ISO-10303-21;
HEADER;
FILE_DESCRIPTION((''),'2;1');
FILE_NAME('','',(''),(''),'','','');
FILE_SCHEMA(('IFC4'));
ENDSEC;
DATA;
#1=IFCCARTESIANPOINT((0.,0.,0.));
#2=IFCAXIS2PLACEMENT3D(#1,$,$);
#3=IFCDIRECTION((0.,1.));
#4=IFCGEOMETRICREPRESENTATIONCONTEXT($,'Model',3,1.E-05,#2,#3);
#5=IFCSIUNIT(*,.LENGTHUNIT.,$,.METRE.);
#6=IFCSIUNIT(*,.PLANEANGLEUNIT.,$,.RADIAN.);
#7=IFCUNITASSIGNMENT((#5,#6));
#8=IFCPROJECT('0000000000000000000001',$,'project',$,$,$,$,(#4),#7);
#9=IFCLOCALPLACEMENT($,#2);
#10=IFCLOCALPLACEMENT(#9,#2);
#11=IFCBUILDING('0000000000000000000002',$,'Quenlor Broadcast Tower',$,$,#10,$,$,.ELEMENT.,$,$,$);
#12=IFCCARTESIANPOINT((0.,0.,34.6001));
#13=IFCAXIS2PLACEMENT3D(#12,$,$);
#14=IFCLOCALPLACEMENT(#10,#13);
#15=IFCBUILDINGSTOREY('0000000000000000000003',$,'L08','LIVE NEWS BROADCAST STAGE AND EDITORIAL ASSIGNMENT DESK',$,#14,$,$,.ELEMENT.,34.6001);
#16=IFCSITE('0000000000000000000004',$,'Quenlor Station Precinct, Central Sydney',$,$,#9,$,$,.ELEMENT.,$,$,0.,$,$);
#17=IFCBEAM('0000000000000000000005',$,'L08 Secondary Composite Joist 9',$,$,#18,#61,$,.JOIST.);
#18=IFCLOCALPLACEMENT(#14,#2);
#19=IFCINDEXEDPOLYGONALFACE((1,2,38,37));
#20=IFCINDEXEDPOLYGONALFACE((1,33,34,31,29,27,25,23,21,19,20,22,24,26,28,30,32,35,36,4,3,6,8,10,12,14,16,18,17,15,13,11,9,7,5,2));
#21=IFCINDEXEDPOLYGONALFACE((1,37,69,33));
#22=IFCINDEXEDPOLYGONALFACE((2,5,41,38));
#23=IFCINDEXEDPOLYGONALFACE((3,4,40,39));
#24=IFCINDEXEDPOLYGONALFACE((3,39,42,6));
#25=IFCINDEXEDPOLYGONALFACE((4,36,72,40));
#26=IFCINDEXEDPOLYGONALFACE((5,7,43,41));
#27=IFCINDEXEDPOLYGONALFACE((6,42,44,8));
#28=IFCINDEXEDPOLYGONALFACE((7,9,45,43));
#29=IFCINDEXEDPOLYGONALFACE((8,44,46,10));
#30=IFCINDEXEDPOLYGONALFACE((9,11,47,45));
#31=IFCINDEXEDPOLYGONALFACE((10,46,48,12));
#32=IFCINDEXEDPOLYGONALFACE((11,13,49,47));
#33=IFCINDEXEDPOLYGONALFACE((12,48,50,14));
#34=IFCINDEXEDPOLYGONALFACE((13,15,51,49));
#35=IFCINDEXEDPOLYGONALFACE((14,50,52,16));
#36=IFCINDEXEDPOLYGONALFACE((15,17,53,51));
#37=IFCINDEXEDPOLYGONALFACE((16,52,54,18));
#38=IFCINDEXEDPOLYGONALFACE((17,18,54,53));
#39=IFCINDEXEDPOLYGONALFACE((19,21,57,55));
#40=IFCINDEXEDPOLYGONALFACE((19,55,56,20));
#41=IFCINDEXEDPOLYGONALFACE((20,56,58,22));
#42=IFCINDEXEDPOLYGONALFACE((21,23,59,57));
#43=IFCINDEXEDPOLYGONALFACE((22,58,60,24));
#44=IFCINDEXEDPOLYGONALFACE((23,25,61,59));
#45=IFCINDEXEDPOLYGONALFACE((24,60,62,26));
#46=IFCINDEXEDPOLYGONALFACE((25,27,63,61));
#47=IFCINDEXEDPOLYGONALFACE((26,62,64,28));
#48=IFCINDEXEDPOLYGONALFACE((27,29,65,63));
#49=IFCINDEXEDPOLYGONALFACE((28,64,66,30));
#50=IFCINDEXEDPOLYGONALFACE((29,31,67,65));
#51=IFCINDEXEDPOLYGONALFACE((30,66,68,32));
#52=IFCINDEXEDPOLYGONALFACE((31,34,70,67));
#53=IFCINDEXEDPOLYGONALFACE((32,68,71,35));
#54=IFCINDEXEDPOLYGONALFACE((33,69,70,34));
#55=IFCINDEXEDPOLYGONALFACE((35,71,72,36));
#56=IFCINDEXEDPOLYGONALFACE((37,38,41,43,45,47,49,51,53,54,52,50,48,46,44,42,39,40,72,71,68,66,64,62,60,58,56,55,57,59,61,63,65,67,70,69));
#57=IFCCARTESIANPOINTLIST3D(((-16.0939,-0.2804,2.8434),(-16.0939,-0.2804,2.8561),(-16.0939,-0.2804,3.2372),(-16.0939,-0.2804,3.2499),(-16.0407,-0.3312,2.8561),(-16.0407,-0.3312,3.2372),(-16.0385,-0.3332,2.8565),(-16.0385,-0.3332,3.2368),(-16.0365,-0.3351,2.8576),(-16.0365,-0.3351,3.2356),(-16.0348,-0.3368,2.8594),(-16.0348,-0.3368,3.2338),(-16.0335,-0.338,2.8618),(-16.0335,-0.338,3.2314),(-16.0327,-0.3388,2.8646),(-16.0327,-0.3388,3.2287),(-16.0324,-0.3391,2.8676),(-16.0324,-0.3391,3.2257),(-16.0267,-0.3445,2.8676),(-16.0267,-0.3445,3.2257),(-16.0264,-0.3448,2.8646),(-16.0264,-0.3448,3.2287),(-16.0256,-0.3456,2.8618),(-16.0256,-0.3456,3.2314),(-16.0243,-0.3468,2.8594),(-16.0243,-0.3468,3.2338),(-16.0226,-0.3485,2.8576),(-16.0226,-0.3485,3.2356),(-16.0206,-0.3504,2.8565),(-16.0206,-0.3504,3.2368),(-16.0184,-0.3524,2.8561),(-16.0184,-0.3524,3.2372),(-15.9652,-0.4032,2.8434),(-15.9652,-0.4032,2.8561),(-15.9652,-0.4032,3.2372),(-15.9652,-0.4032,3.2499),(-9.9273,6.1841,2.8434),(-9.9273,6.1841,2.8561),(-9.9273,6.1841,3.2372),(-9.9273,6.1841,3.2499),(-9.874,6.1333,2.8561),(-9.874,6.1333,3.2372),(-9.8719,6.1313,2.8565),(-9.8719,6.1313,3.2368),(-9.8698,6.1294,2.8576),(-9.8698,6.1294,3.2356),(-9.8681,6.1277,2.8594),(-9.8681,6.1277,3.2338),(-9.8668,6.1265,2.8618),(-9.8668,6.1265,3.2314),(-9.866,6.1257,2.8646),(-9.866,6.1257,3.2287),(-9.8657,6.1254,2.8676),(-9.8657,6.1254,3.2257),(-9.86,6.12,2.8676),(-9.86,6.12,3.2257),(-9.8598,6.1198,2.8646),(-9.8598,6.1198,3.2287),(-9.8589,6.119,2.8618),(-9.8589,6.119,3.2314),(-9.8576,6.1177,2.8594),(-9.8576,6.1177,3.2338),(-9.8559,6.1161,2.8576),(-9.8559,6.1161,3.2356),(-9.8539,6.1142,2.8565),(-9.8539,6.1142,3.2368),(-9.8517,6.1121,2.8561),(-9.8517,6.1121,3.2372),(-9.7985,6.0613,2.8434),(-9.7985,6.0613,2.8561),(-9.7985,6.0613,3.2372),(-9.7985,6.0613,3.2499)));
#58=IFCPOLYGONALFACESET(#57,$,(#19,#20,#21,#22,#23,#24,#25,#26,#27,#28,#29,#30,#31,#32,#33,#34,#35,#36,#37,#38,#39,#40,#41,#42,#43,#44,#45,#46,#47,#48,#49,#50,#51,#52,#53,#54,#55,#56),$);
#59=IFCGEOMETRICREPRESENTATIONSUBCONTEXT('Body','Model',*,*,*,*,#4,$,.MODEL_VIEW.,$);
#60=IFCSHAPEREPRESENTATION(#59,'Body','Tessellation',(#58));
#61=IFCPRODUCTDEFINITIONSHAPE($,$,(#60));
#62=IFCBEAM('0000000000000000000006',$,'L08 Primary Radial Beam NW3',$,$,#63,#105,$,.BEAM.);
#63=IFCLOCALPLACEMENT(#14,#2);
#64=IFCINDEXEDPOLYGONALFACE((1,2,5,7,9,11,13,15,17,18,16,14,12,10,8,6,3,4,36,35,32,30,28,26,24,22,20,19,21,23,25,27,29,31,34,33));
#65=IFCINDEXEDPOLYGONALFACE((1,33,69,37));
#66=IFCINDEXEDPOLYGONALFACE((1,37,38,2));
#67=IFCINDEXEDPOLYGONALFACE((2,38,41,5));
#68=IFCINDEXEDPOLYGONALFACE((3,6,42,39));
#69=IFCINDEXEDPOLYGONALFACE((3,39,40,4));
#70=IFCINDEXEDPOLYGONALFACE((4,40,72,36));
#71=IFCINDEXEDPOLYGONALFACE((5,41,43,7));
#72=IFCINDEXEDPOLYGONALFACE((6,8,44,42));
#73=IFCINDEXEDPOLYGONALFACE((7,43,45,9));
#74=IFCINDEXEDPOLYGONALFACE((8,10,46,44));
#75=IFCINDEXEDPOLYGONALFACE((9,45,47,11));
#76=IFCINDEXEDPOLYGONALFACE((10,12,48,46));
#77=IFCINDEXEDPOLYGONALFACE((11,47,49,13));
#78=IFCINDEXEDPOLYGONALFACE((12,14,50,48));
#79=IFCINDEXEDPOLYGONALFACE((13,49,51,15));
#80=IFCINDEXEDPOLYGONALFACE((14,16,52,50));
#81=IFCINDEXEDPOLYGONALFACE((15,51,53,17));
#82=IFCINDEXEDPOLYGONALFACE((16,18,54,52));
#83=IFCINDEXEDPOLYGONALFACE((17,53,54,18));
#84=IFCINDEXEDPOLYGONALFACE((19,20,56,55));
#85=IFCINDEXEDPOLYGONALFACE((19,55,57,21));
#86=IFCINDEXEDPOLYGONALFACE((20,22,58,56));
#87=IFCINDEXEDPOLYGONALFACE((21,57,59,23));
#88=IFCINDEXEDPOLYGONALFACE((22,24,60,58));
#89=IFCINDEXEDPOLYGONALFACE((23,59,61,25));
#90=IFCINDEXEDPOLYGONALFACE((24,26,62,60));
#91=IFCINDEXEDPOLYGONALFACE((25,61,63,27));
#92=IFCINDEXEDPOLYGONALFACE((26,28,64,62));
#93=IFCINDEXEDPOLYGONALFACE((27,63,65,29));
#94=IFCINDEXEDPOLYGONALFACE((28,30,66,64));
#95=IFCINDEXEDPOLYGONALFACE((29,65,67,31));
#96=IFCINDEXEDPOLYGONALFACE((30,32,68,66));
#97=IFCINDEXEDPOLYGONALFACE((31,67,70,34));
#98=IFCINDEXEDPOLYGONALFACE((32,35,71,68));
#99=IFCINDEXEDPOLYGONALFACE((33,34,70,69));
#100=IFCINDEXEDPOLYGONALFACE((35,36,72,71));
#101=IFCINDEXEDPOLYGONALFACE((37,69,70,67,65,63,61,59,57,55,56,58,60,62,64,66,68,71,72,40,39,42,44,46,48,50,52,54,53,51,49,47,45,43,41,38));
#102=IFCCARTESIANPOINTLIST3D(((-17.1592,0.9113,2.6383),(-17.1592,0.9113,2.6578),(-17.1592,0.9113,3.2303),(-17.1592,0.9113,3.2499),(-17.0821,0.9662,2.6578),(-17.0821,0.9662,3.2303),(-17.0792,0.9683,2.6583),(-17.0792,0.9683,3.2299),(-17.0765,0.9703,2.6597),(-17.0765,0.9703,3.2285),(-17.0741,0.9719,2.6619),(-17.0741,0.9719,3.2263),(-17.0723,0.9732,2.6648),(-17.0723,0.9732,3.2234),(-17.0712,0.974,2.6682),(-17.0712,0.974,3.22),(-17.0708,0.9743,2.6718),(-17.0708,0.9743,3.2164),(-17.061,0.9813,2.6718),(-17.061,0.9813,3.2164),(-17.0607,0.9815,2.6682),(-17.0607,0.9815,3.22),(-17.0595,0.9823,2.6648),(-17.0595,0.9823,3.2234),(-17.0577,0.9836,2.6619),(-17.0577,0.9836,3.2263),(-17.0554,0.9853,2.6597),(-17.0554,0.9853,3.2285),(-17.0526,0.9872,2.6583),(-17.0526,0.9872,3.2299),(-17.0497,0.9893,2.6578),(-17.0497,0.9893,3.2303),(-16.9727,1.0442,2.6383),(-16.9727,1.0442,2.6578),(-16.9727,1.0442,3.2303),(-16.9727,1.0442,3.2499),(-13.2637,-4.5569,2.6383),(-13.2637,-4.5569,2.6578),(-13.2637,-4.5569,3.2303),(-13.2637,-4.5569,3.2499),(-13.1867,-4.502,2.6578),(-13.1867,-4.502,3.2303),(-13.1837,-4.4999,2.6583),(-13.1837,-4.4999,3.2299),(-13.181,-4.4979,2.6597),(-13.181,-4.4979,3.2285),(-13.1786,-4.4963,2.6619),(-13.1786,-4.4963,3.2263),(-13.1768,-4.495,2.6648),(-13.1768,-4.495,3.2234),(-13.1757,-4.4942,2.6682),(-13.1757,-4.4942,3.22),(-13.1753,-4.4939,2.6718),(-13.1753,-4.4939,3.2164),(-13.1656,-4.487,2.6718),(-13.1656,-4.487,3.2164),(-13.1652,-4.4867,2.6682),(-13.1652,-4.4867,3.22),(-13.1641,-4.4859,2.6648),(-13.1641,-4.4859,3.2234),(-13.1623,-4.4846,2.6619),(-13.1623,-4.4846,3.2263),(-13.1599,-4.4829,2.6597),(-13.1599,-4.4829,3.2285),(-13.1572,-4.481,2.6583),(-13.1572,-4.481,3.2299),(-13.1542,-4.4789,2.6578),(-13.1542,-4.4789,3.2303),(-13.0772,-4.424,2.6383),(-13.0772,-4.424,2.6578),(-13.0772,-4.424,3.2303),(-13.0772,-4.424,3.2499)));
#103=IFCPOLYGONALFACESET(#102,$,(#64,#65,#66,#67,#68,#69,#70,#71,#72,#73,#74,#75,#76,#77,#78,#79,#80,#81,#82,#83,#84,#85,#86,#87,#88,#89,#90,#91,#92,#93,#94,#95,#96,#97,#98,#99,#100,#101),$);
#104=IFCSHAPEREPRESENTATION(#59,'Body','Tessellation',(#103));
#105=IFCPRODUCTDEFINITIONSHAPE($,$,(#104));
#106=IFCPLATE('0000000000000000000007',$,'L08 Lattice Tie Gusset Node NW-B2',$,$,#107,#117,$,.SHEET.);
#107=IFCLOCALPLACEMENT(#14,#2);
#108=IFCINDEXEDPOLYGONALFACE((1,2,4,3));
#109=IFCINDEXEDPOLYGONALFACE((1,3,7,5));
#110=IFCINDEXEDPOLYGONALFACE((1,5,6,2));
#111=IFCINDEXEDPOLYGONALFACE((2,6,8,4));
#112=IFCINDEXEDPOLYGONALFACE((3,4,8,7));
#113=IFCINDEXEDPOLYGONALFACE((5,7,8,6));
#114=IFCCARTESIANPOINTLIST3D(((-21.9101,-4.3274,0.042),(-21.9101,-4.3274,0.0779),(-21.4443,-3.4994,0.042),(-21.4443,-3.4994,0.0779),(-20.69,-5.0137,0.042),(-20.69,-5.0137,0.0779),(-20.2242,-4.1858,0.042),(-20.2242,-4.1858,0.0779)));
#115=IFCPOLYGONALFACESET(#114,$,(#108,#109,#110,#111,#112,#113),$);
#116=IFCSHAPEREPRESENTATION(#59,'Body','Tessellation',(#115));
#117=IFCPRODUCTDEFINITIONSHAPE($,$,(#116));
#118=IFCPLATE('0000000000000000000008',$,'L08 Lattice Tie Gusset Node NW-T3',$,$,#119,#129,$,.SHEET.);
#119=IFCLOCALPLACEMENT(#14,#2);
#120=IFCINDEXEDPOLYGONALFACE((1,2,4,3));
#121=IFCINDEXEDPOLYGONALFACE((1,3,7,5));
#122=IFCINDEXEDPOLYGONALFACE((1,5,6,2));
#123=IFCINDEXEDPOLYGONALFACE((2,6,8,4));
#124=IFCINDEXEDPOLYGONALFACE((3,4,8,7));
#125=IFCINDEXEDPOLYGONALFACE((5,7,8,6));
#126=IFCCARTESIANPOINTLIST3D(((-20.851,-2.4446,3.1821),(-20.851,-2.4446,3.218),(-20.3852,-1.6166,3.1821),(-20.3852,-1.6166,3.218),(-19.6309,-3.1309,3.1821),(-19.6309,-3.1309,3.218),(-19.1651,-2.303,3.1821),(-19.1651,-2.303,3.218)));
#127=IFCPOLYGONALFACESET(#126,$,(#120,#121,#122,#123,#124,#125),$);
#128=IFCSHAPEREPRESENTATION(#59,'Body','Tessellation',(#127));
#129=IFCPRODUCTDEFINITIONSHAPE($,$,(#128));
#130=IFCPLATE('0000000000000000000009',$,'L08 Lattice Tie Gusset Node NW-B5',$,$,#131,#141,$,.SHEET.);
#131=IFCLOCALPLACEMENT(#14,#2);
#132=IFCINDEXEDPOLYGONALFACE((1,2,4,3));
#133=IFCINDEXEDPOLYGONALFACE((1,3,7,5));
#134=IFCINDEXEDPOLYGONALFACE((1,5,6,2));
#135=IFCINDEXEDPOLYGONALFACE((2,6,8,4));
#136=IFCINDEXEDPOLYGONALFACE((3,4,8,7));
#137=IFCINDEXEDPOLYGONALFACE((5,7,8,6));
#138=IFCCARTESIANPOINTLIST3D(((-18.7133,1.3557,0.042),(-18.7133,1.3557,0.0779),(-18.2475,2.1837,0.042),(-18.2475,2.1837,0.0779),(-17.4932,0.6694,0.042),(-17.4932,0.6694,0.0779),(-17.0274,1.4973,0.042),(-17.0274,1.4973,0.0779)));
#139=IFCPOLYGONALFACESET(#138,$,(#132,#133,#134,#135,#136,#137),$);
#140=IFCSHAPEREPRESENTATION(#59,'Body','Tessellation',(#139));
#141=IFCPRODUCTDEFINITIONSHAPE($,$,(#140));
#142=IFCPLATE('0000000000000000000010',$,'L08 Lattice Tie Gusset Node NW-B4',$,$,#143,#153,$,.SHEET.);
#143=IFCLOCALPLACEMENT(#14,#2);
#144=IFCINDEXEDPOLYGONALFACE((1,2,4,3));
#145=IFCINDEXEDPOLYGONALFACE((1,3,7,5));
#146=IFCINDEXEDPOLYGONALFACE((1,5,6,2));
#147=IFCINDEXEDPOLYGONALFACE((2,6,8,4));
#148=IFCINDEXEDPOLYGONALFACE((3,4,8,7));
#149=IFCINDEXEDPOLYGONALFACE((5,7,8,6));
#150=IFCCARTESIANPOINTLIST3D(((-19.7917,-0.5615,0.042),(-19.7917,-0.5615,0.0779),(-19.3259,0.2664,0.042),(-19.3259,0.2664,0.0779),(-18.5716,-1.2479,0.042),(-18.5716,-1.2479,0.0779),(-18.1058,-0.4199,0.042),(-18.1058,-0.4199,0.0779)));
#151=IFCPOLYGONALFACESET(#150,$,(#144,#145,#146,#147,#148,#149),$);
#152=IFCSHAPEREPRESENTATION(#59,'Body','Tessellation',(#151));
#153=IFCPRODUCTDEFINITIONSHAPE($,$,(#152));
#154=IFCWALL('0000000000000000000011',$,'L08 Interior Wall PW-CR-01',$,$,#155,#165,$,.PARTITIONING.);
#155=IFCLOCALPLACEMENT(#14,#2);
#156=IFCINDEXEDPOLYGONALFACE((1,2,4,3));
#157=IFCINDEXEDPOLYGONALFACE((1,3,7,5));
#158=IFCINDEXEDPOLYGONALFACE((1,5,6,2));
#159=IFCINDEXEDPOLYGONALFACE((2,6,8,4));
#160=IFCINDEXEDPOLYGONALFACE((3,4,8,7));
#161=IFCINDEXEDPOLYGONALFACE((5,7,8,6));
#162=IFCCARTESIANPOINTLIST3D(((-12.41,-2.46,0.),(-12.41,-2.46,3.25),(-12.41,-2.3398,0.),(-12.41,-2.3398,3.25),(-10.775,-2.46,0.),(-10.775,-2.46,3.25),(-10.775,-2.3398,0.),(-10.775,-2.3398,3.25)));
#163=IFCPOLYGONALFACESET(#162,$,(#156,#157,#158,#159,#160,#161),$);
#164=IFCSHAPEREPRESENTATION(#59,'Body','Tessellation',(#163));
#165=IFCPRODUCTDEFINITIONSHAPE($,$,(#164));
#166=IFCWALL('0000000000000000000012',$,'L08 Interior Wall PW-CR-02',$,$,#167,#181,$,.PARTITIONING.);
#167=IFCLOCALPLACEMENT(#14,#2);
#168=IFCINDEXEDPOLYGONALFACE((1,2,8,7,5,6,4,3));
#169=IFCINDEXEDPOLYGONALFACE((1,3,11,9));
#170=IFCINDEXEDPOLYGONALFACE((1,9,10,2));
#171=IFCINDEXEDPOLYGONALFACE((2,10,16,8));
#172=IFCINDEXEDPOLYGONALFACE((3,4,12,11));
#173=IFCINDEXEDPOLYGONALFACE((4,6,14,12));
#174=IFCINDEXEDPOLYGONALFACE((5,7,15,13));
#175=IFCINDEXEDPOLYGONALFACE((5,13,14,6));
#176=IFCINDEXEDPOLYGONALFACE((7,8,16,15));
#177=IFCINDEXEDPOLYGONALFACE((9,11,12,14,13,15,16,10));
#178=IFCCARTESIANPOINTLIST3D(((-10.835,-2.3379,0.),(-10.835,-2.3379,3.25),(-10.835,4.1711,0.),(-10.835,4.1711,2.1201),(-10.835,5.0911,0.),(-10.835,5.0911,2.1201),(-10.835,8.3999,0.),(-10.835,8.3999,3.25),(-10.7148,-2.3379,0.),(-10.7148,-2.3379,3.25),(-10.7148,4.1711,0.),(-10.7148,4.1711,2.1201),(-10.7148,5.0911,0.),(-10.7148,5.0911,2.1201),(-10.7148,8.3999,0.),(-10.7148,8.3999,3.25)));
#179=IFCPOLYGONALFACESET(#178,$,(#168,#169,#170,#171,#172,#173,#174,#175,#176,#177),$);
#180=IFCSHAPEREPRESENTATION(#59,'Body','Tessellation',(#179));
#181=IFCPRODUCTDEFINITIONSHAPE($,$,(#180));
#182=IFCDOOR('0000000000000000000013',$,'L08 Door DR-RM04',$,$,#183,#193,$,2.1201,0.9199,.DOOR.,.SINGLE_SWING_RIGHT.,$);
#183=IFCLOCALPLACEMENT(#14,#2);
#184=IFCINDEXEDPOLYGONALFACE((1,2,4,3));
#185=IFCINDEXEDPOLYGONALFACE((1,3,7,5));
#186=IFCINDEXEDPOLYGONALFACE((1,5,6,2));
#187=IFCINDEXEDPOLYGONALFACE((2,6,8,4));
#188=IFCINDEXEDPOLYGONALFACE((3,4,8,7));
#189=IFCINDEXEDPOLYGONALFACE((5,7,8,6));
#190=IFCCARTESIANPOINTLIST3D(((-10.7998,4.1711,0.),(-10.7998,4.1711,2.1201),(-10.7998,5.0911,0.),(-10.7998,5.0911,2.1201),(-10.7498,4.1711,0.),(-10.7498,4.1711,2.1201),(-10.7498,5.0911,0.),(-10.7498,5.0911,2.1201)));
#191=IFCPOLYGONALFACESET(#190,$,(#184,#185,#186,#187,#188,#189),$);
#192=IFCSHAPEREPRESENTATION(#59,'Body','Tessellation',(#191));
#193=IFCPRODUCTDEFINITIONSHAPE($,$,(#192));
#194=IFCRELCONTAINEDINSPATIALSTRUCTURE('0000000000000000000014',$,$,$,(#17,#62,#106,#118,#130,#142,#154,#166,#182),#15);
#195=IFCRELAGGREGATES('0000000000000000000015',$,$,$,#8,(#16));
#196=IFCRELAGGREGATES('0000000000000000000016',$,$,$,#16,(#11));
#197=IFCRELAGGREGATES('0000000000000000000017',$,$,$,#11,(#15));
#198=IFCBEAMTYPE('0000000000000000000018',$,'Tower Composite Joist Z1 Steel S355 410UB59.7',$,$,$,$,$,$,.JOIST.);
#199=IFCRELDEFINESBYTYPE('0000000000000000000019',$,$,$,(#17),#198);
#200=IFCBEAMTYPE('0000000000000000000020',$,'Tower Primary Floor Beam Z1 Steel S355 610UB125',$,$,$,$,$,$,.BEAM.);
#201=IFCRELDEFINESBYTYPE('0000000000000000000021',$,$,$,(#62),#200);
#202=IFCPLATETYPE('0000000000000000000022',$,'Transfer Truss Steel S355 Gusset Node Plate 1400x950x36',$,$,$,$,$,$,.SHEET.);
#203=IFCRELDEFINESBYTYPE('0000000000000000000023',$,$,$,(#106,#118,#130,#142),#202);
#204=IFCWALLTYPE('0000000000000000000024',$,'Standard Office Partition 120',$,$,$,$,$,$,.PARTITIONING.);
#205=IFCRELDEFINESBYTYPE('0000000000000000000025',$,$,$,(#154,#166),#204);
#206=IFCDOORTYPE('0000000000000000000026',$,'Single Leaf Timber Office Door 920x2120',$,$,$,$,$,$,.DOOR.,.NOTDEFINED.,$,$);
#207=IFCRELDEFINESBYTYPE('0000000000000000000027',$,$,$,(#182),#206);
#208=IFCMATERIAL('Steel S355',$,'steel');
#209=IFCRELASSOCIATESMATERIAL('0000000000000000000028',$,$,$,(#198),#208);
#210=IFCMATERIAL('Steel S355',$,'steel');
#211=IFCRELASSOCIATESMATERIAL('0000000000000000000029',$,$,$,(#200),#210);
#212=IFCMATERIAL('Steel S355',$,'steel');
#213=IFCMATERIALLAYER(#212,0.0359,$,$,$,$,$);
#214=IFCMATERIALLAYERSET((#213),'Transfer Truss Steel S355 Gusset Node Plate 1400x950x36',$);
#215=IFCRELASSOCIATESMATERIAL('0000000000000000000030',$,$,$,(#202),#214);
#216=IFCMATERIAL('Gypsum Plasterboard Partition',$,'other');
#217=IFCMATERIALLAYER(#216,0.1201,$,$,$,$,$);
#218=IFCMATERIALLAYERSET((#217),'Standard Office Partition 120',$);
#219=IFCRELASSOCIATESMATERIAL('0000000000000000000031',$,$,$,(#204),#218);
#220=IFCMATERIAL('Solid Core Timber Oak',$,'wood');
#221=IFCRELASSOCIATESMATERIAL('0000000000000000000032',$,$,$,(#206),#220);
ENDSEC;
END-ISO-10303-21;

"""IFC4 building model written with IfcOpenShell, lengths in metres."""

from ifc_helpers import new_model, si_unit, direction, frame, frame_2d, origin, origin_2d, place, context, subcontext, project, spatial, rectangle, i_section, extrude, material, layer, layer_set, material_profile, profile_set, type_object, element, fill, save


model = new_model("IFC4")

# Units and contexts
model_context = context("Model", 3, precision=1e-05, world=origin(), true_north=direction((0.0, 1.0)))
body_context = subcontext(model_context, "Body", "Model", "MODEL_VIEW")
ifc_project = project(units=[si_unit("LENGTHUNIT", "METRE"), si_unit("PLANEANGLEUNIT", "RADIAN")], contexts=[model_context])

# Site, building, storey
site_placement = place(None, origin())
site = spatial("IfcSite", under=ifc_project, at=site_placement, Name="Quenlor Station Precinct, Central Sydney", CompositionType="ELEMENT", RefElevation=0.0)
building_placement = place(site_placement, origin())
building = spatial("IfcBuilding", under=site, at=building_placement, Name="Quenlor Broadcast Tower", CompositionType="ELEMENT")
storey_placement = place(building_placement, frame((0.0, 0.0, 34.6001)))
storey = spatial("IfcBuildingStorey", under=building, at=storey_placement, Name="L08", Description="LIVE NEWS BROADCAST STAGE AND EDITORIAL ASSIGNMENT DESK", CompositionType="ELEMENT", Elevation=34.6001)

# Beams
ifc_material_1 = material(Name="Steel S355", Category="steel")
ifc_material_profile_1 = material_profile(ifc_material_1, i_section(OverallWidth=0.178, OverallDepth=0.4065, WebThickness=0.0078, FlangeThickness=0.0127, FilletRadius=0.0115, at=origin_2d()))
ifc_profile_set_1 = profile_set([ifc_material_profile_1], Name="Steel S355 410UB59.7")
beam_type_1 = type_object("IfcBeamType", Name="Tower Composite Joist Z1 Steel S355 410UB59.7", PredefinedType="JOIST", material=ifc_profile_set_1)
beam_1_placement = place(storey_placement, frame((-16.0295, -0.3418, 3.0466), z_axis=(0.690241, 0.723579, 0.0), x_axis=(-0.723579, 0.690241, 0.0)))
element("IfcBeam", 1, at=beam_1_placement, inside=storey, type_object=beam_type_1, Name="L08 Secondary Composite Joist 9", PredefinedType="JOIST", context=body_context, shape_type="SweptSolid", body=[
    extrude(i_section(OverallWidth=0.178, OverallDepth=0.4065, WebThickness=0.0078, FlangeThickness=0.0127, FilletRadius=0.0115, at=origin_2d()), origin(), (0.0, 0.0, 1.0), 8.9341),
])
ifc_material_2 = material(Name="Steel S355", Category="steel")
ifc_material_profile_2 = material_profile(ifc_material_2, i_section(OverallWidth=0.229, OverallDepth=0.6116, WebThickness=0.012, FlangeThickness=0.0195, FilletRadius=0.0139, at=origin_2d()))
ifc_profile_set_2 = profile_set([ifc_material_profile_2], Name="Steel S355 610UB125")
beam_type_2 = type_object("IfcBeamType", Name="Tower Primary Floor Beam Z1 Steel S355 610UB125", PredefinedType="BEAM", material=ifc_profile_set_2)
beam_2_placement = place(storey_placement, frame((-17.0659, 0.9778, 2.9441), z_axis=(0.580213, -0.814465, 0.0), x_axis=(0.814465, 0.580213, 0.0)))
element("IfcBeam", 2, at=beam_2_placement, inside=storey, type_object=beam_type_2, Name="L08 Primary Radial Beam NW3", PredefinedType="BEAM", context=body_context, shape_type="SweptSolid", body=[
    extrude(i_section(OverallWidth=0.229, OverallDepth=0.6116, WebThickness=0.012, FlangeThickness=0.0195, FilletRadius=0.0139, at=origin_2d()), origin(), (0.0, 0.0, 1.0), 6.7139),
])

# Plates
ifc_material_3 = material(Name="Steel S355", Category="steel")
ifc_layer_1 = layer(ifc_material_3, 0.0359)
ifc_layer_set_1 = layer_set([ifc_layer_1], Name="Transfer Truss Steel S355 Gusset Node Plate 1400x950x36")
plate_type = type_object("IfcPlateType", Name="Transfer Truss Steel S355 Gusset Node Plate 1400x950x36", PredefinedType="SHEET", material=ifc_layer_set_1)
for number, where, z_axis, x_axis, name in (
    (3, (-21.0671, -4.2566, 0.042), (0.0, 0.0, 1.0), (-0.871556, 0.490295, 0.0), "L08 Lattice Tie Gusset Node NW-B2"),
    (4, (-20.0081, -2.3738, 3.1821), (0.0, 0.0, 1.0), (-0.871556, 0.490295, 0.0), "L08 Lattice Tie Gusset Node NW-T3"),
    (5, (-17.8704, 1.4265, 0.042), (0.0, 0.0, 1.0), (-0.871556, 0.490295, 0.0), "L08 Lattice Tie Gusset Node NW-B5"),
    (6, (-18.9487, -0.4907, 0.042), (0.0, 0.0, 1.0), (-0.871556, 0.490295, 0.0), "L08 Lattice Tie Gusset Node NW-B4"),
):
    element("IfcPlate", number, at=place(storey_placement, frame(where, z_axis=z_axis, x_axis=x_axis)), inside=storey, type_object=plate_type, Name=name, PredefinedType="SHEET", context=body_context, shape_type="SweptSolid", body=[
        extrude(rectangle(XDim=1.3999, YDim=0.95, at=origin_2d()), origin(), (0.0, 0.0, 1.0), 0.0359),
    ])

# Shared definitions
ifc_material_4 = material(Name="Gypsum Plasterboard Partition", Category="other")
ifc_layer_2 = layer(ifc_material_4, 0.1201)
ifc_layer_set_2 = layer_set([ifc_layer_2], Name="Standard Office Partition 120")
wall_type_1 = type_object("IfcWallType", Name="Standard Office Partition 120", PredefinedType="PARTITIONING", material=ifc_layer_set_2)

# Wall
wall_1_placement = place(storey_placement, frame((-12.4099, -2.3999, 0.0), z_axis=(0.0, 0.0, 1.0), x_axis=(1.0, 0.0, 0.0)))
element("IfcWall", 7, at=wall_1_placement, inside=storey, type_object=wall_type_1, Name="L08 Interior Wall PW-CR-01", PredefinedType="PARTITIONING", context=body_context, shape_type="SweptSolid", body=[
    extrude(rectangle(XDim=1.635, YDim=0.1201, at=frame_2d((0.8174, 0.0))), origin(), (0.0, 0.0, 1.0), 3.25),
])

# Wall, opening, door
wall_2_placement = place(storey_placement, frame((-10.7749, -2.3379, 0.0), z_axis=(0.0, 0.0, 1.0), x_axis=(0.0, 1.0, 0.0)))
wall_2 = element("IfcWall", 8, at=wall_2_placement, inside=storey, type_object=wall_type_1, Name="L08 Interior Wall PW-CR-02", PredefinedType="PARTITIONING", context=body_context, shape_type="SweptSolid", body=[
    extrude(rectangle(XDim=10.7378, YDim=0.1201, at=frame_2d((5.3689, 0.0))), origin(), (0.0, 0.0, 1.0), 3.25),
])
opening_1_placement = place(wall_2_placement, frame((6.509, 0.0, 0.0)))
opening_1 = element("IfcOpeningElement", 9, at=opening_1_placement, cuts=wall_2, PredefinedType="OPENING", context=body_context, shape_type="SweptSolid", body=[
    extrude(rectangle(XDim=0.9199, YDim=2.1201, at=frame_2d((0.46, 1.0601))), frame((0.0, 0.0701, 0.0), z_axis=(0.0, -1.0, 0.0), x_axis=(1.0, 0.0, 0.0)), (0.0, 0.0, 1.0), 0.1401),
])
ifc_material_5 = material(Name="Solid Core Timber Oak", Category="wood")
door_type_1 = type_object("IfcDoorType", Name="Single Leaf Timber Office Door 920x2120", OperationType="NOTDEFINED", PredefinedType="DOOR", material=ifc_material_5)
door_1_placement = place(opening_1_placement, origin())
door_1 = element("IfcDoor", 10, at=door_1_placement, inside=storey, type_object=door_type_1, Name="L08 Door DR-RM04", OperationType="SINGLE_SWING_RIGHT", OverallHeight=2.1201, OverallWidth=0.9199, PredefinedType="DOOR", context=body_context, shape_type="SweptSolid", body=[
    extrude(rectangle(XDim=0.9199, YDim=2.1201, at=frame_2d((0.46, 1.0601))), frame((0.0, 0.0249, 0.0), z_axis=(0.0, -1.0, 0.0), x_axis=(1.0, 0.0, 0.0)), (0.0, 0.0, 1.0), 0.05),
])
fill(opening_1, door_1)

save(model, "model.ifc")
